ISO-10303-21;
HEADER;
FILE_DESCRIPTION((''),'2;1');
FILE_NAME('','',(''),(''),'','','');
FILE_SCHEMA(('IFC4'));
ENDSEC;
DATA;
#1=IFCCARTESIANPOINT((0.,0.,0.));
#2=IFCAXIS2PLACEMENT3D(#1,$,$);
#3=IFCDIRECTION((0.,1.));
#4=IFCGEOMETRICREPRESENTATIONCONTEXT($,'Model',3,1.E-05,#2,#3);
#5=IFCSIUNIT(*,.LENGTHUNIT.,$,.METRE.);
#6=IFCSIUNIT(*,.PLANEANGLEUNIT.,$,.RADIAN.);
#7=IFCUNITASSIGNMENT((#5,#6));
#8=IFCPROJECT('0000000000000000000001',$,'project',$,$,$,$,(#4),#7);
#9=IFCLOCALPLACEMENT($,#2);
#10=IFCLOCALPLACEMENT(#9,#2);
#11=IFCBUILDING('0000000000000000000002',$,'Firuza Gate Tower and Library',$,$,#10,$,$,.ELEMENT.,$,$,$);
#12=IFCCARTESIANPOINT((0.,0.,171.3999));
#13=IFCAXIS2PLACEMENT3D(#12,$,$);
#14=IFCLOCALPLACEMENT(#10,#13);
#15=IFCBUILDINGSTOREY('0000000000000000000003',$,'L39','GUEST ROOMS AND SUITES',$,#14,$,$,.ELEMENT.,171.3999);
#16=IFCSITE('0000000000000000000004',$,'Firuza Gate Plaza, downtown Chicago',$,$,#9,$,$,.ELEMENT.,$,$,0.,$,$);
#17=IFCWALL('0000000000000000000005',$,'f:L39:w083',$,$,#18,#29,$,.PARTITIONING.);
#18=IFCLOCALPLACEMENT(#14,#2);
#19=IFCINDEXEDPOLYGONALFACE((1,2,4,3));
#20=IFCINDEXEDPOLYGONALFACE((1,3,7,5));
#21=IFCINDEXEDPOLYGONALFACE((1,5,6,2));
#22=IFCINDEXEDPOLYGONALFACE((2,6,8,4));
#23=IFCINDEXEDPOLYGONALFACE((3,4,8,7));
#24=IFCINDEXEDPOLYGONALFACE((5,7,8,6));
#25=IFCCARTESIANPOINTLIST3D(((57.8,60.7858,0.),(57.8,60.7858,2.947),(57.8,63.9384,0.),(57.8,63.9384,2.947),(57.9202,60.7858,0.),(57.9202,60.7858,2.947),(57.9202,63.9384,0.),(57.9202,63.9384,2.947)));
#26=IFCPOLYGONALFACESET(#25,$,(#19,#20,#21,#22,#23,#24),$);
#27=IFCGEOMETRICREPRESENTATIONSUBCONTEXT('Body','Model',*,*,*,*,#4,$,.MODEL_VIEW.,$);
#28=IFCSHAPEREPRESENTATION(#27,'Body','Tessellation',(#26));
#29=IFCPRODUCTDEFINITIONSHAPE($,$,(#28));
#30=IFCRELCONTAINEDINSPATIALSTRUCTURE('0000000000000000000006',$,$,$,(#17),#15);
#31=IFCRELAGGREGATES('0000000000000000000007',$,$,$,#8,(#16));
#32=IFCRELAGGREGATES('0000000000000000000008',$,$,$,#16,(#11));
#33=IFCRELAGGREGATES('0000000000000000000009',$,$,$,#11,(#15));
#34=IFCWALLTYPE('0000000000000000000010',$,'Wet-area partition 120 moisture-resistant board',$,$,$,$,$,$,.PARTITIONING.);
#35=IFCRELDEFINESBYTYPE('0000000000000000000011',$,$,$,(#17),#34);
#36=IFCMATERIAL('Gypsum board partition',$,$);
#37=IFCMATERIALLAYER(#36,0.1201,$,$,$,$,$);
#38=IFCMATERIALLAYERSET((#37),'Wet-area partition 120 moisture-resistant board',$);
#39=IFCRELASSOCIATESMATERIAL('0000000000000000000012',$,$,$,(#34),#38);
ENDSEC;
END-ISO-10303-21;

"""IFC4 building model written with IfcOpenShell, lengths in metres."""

from ifc_helpers import new_model, si_unit, direction, frame, frame_2d, origin, place, context, subcontext, project, spatial, rectangle, extrude, material, layer, layer_set, type_object, element, save


model = new_model("IFC4")

# Units and contexts
model_context = context("Model", 3, precision=1e-05, world=origin(), true_north=direction((0.0, 1.0)))
body_context = subcontext(model_context, "Body", "Model", "MODEL_VIEW")
ifc_project = project(units=[si_unit("LENGTHUNIT", "METRE"), si_unit("PLANEANGLEUNIT", "RADIAN")], contexts=[model_context])

# Site, building, storey
site_placement = place(None, origin())
site = spatial("IfcSite", under=ifc_project, at=site_placement, Name="Firuza Gate Plaza, downtown Chicago", CompositionType="ELEMENT", RefElevation=0.0)
building_placement = place(site_placement, origin())
building = spatial("IfcBuilding", under=site, at=building_placement, Name="Firuza Gate Tower and Library", CompositionType="ELEMENT")
storey_placement = place(building_placement, frame((0.0, 0.0, 171.3999)))
storey = spatial("IfcBuildingStorey", under=building, at=storey_placement, Name="L39", Description="GUEST ROOMS AND SUITES", CompositionType="ELEMENT", Elevation=171.3999)

# Shared definitions
ifc_material_1 = material(Name="Gypsum board partition")
ifc_layer_1 = layer(ifc_material_1, 0.1201)
ifc_layer_set_1 = layer_set([ifc_layer_1], Name="Wet-area partition 120 moisture-resistant board")
wall_type_1 = type_object("IfcWallType", Name="Wet-area partition 120 moisture-resistant board", PredefinedType="PARTITIONING", material=ifc_layer_set_1)

# Wall
wall_1_placement = place(storey_placement, frame((57.8601, 60.7859, 0.0), z_axis=(0.0, 0.0, 1.0), x_axis=(0.0, 1.0, 0.0)))
element("IfcWall", 1, at=wall_1_placement, inside=storey, type_object=wall_type_1, Name="f:L39:w083", PredefinedType="PARTITIONING", context=body_context, shape_type="SweptSolid", body=[
    extrude(rectangle(XDim=3.1526, YDim=0.1201, at=frame_2d((1.5762, 0.0))), origin(), (0.0, 0.0, 1.0), 2.947),
])

save(model, "model.ifc")
